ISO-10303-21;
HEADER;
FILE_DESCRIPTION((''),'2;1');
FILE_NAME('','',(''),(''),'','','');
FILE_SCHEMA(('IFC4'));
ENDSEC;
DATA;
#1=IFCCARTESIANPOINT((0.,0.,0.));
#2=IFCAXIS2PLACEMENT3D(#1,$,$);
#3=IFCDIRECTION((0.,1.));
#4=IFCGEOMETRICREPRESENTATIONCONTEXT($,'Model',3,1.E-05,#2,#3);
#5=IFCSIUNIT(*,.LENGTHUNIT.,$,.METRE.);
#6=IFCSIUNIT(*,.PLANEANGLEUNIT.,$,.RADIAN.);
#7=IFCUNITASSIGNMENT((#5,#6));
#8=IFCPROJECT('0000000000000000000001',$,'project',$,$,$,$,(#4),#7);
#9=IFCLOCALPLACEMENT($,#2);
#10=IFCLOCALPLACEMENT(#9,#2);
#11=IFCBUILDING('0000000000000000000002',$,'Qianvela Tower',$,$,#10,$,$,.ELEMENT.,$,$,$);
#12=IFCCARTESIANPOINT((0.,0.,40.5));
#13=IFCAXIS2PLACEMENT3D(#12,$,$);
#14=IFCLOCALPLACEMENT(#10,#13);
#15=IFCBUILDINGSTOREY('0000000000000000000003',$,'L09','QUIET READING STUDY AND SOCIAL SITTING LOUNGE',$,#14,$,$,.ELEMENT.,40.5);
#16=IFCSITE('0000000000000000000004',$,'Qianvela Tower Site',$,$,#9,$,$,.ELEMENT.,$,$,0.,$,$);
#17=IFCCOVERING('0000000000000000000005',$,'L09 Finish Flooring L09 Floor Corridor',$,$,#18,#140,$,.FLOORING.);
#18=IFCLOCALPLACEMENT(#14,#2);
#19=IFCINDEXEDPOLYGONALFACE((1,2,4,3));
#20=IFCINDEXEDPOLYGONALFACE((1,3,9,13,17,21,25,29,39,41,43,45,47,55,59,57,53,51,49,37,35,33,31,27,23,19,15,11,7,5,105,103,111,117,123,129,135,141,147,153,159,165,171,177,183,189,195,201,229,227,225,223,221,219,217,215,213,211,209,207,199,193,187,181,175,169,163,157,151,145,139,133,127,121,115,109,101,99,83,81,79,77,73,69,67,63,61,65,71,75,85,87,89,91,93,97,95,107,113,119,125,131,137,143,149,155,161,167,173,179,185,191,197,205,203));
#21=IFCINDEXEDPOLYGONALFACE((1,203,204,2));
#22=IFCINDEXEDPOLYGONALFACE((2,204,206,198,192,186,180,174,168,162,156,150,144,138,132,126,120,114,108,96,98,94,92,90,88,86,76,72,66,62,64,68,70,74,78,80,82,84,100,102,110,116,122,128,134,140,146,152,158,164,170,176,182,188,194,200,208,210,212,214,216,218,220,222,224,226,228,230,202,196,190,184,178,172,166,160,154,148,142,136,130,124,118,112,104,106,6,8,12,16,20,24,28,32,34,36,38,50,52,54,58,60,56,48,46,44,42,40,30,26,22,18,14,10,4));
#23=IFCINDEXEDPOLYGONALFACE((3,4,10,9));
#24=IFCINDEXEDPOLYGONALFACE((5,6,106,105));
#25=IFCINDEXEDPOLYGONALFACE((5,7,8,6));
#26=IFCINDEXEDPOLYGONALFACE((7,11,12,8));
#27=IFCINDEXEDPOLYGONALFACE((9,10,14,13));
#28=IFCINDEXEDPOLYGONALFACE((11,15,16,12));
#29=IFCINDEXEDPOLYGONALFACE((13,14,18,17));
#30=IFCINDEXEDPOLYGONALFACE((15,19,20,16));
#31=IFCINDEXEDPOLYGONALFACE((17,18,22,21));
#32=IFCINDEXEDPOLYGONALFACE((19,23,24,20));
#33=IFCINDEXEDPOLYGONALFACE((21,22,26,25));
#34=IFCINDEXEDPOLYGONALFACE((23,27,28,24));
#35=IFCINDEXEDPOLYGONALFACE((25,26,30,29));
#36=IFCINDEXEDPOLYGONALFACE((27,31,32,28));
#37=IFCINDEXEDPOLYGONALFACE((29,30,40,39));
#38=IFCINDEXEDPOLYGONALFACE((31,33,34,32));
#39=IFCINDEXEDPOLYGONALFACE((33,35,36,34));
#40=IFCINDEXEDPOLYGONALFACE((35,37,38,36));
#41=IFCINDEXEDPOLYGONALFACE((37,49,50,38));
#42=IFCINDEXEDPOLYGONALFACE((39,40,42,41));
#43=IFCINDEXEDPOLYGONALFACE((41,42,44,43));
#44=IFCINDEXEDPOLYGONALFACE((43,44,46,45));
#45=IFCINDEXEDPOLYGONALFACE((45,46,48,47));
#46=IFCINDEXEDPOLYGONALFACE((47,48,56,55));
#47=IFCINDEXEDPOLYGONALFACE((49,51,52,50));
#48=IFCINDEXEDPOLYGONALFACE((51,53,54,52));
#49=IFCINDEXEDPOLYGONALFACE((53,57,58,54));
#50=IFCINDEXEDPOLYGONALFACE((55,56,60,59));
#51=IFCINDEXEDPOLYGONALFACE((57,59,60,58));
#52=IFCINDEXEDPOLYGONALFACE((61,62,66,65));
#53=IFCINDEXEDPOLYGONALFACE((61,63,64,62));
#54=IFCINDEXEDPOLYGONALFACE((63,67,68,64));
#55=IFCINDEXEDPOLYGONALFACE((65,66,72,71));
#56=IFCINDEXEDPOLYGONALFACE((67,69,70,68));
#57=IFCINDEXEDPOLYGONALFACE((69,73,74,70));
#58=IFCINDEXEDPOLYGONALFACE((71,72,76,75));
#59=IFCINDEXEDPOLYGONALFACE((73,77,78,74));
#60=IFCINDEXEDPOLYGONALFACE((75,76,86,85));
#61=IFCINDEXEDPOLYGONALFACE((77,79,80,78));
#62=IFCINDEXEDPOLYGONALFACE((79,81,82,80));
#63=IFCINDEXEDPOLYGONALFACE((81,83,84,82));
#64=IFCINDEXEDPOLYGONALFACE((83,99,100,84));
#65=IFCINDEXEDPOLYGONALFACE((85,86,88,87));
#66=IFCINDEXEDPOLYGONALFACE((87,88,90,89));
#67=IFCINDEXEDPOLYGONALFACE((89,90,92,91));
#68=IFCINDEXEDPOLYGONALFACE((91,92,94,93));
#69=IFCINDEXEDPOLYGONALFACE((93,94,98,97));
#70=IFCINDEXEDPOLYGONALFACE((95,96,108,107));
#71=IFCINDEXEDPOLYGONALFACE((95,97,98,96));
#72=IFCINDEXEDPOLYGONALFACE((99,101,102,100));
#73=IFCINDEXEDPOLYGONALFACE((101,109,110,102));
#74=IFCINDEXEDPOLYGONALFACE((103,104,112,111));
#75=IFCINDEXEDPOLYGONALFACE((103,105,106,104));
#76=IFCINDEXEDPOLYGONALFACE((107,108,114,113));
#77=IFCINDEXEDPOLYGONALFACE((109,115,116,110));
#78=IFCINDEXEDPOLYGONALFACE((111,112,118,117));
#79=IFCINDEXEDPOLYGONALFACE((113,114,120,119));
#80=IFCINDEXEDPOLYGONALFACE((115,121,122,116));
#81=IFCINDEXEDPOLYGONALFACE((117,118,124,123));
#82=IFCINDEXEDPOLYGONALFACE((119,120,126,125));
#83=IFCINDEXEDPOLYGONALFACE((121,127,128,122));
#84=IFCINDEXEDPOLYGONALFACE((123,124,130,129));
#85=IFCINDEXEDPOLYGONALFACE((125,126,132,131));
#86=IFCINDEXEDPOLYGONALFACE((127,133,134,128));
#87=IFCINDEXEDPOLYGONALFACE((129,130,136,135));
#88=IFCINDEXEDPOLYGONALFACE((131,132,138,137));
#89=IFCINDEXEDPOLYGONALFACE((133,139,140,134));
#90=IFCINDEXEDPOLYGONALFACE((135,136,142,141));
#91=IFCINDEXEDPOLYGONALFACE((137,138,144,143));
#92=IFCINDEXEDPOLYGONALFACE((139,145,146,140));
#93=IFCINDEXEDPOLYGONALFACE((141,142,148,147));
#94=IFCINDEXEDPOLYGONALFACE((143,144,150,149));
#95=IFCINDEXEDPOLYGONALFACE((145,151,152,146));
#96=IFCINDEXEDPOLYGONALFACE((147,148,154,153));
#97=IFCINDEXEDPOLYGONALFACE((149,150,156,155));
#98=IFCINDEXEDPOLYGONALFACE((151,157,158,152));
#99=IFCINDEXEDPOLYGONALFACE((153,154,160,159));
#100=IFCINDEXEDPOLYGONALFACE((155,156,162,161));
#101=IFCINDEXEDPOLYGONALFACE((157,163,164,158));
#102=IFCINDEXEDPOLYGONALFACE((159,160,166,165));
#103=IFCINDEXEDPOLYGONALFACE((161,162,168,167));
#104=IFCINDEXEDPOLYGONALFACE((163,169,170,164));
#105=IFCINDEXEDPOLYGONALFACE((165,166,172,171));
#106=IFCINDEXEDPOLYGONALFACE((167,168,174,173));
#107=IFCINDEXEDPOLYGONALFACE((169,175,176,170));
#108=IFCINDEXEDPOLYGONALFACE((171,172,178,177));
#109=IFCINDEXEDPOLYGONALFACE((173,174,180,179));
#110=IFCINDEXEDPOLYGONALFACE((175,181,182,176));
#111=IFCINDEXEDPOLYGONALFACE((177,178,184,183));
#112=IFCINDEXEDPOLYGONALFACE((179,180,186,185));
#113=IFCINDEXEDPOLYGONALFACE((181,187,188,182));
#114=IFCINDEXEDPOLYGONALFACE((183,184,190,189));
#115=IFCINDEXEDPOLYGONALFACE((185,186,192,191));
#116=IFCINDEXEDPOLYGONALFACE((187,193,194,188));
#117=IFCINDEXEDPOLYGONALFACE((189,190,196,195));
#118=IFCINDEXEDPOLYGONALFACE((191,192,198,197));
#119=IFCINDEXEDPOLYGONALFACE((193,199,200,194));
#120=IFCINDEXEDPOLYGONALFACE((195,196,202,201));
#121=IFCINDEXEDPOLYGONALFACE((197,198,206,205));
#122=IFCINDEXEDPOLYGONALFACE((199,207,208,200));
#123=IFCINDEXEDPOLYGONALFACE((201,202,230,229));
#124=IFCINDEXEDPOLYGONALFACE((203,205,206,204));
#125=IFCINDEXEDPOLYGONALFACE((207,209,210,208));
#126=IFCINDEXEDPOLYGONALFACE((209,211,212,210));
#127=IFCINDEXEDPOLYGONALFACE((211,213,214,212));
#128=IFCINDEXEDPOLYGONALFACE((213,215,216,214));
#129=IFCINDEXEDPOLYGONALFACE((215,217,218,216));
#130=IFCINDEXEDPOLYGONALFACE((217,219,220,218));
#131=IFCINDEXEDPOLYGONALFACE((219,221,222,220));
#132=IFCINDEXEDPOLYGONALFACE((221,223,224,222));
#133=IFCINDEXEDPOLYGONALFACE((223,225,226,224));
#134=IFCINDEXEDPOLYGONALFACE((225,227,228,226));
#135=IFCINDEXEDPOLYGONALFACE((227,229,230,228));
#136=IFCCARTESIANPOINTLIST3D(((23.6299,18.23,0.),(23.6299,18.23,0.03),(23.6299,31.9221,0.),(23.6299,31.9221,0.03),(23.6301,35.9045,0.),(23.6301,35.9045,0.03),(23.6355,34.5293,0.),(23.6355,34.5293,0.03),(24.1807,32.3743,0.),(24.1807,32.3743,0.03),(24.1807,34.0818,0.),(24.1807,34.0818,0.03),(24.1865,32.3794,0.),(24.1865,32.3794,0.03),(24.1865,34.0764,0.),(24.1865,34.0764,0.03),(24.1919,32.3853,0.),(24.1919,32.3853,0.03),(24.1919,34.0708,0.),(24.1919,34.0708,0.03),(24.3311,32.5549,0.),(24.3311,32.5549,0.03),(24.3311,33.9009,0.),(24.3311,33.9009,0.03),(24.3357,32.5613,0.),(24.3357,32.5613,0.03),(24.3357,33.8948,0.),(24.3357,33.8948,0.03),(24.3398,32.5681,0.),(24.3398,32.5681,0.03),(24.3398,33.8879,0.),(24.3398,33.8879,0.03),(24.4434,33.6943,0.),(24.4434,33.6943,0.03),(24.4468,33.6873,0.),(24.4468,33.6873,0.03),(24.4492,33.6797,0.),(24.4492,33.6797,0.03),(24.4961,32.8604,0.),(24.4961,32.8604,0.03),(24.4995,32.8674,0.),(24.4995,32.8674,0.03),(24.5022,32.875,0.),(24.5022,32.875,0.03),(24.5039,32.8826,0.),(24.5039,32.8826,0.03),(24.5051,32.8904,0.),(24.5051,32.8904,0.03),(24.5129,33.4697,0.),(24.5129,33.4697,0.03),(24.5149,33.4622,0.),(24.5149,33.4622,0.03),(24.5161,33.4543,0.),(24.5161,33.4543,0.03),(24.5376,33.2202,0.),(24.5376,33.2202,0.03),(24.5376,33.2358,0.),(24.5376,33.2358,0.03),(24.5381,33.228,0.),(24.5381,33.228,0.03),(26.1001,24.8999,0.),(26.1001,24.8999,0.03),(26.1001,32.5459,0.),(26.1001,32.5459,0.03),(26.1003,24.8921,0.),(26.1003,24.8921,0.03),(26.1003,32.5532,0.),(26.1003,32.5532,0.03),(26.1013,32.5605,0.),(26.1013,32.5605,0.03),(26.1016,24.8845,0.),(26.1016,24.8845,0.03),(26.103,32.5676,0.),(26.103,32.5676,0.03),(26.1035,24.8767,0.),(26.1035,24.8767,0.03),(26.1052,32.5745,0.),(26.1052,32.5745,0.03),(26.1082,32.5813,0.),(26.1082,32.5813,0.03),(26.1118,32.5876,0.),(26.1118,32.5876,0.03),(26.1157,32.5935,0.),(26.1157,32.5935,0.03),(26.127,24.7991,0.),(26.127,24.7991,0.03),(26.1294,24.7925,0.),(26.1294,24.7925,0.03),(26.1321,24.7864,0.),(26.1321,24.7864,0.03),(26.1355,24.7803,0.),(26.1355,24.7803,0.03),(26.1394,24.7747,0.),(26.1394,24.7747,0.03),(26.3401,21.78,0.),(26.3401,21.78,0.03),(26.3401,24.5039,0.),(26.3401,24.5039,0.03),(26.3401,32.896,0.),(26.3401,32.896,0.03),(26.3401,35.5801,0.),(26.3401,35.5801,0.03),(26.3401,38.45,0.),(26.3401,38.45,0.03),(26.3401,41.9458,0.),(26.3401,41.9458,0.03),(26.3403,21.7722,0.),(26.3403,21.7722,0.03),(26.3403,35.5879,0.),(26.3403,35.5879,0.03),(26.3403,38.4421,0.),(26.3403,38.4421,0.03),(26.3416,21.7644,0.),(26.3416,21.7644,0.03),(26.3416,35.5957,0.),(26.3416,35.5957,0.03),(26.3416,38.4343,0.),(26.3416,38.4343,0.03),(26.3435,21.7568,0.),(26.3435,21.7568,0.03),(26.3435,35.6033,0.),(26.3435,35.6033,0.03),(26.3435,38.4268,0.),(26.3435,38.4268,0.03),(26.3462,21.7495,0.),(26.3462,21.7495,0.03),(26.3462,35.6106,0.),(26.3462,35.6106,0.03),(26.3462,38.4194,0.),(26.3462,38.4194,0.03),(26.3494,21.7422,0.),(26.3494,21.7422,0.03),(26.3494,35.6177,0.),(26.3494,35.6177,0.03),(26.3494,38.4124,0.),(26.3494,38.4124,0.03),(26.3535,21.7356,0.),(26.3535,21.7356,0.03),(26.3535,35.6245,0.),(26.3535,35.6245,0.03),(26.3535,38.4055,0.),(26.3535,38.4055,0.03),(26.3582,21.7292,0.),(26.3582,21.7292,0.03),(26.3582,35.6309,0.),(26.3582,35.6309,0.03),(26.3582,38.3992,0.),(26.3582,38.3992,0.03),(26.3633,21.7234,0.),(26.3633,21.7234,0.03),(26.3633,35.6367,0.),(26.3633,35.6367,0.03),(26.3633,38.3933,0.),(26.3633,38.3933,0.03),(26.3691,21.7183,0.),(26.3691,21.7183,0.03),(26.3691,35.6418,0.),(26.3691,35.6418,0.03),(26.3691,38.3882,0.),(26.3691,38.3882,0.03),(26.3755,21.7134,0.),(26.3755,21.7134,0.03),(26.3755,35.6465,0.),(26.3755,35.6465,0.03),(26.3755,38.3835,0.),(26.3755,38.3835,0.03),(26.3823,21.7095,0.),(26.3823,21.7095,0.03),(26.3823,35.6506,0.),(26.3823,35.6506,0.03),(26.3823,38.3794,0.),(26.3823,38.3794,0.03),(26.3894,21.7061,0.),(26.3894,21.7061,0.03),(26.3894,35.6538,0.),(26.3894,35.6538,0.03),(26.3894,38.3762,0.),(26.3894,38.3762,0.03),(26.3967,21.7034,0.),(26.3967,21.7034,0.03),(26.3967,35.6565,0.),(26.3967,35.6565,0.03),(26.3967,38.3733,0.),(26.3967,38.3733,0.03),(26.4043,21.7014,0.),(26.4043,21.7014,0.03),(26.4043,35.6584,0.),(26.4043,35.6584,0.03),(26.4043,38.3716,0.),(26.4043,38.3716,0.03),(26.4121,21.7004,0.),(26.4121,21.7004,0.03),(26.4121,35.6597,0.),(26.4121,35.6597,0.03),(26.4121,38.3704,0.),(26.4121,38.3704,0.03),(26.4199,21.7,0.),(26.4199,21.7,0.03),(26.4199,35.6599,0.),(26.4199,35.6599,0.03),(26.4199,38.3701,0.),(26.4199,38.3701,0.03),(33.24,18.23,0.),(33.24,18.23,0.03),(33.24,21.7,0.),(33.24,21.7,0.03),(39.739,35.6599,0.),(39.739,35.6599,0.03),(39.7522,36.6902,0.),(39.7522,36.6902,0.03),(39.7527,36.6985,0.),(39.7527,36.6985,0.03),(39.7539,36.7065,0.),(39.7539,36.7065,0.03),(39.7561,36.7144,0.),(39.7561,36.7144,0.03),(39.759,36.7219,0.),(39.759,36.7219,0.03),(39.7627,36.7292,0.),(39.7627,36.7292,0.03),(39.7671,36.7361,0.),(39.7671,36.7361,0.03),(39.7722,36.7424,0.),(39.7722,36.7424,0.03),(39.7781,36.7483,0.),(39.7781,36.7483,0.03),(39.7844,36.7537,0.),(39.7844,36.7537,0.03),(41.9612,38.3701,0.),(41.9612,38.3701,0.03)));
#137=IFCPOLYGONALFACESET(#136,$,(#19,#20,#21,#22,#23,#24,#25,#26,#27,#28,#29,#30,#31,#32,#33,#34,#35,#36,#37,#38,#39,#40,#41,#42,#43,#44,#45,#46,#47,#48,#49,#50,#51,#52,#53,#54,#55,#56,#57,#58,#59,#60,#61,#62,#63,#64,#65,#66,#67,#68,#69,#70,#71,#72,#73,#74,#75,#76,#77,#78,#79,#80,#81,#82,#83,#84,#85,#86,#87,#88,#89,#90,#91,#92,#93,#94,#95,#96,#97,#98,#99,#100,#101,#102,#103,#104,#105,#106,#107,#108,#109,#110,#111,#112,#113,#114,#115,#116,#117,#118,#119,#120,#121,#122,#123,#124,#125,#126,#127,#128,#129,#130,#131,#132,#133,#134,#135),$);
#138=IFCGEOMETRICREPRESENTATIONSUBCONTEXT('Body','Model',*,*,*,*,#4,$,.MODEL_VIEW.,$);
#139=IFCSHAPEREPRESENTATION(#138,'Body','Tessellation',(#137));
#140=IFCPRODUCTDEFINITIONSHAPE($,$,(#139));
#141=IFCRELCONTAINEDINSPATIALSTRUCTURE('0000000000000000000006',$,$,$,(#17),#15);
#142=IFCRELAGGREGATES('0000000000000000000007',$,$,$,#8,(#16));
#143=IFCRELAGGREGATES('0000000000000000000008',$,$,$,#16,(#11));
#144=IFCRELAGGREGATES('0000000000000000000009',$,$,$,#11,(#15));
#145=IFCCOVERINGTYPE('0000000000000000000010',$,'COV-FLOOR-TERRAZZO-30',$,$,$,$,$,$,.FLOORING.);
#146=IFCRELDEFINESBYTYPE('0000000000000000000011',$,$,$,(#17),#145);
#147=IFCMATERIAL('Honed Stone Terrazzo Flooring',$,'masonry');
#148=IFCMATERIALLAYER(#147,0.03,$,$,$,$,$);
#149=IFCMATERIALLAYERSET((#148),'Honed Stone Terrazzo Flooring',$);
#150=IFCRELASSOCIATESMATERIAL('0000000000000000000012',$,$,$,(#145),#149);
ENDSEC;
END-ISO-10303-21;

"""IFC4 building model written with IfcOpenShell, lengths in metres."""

from ifc_helpers import new_model, si_unit, direction, frame, origin, place, context, subcontext, project, spatial, polyline, outline, extrude, material, layer, layer_set, type_object, element, save


model = new_model("IFC4")

# Units and contexts
model_context = context("Model", 3, precision=1e-05, world=origin(), true_north=direction((0.0, 1.0)))
body_context = subcontext(model_context, "Body", "Model", "MODEL_VIEW")
ifc_project = project(units=[si_unit("LENGTHUNIT", "METRE"), si_unit("PLANEANGLEUNIT", "RADIAN")], contexts=[model_context])

# Site, building, storey
site_placement = place(None, origin())
site = spatial("IfcSite", under=ifc_project, at=site_placement, Name="Qianvela Tower Site", CompositionType="ELEMENT", RefElevation=0.0)
building_placement = place(site_placement, origin())
building = spatial("IfcBuilding", under=site, at=building_placement, Name="Qianvela Tower", CompositionType="ELEMENT")
storey_placement = place(building_placement, frame((0.0, 0.0, 40.5)))
storey = spatial("IfcBuildingStorey", under=building, at=storey_placement, Name="L09", Description="QUIET READING STUDY AND SOCIAL SITTING LOUNGE", CompositionType="ELEMENT", Elevation=40.5)

# Covering
ifc_material_1 = material(Name="Honed Stone Terrazzo Flooring", Category="masonry")
ifc_layer_1 = layer(ifc_material_1, 0.03)
ifc_layer_set_1 = layer_set([ifc_layer_1], Name="Honed Stone Terrazzo Flooring")
covering_type_1 = type_object("IfcCoveringType", Name="COV-FLOOR-TERRAZZO-30", PredefinedType="FLOORING", material=ifc_layer_set_1)
covering_1_placement = place(storey_placement, origin())
element("IfcCovering", 1, at=covering_1_placement, inside=storey, type_object=covering_type_1, Name="L09 Finish Flooring L09 Floor Corridor", PredefinedType="FLOORING", context=body_context, shape_type="SweptSolid", body=[
    extrude(outline(polyline([(24.5161, 33.4543), (24.5149, 33.4622), (24.5129, 33.4697), (24.4492, 33.6797), (24.4468, 33.6873), (24.4434, 33.6943), (24.3398, 33.8879), (24.3357, 33.8948), (24.3311, 33.9009), (24.1919, 34.0708), (24.1865, 34.0764), (24.1807, 34.0818), (23.6355, 34.5293), (23.6301, 35.9045), (26.3401, 41.9458), (26.3401, 38.45), (26.3403, 38.4421), (26.3416, 38.4343), (26.3435, 38.4268), (26.3462, 38.4194), (26.3494, 38.4124), (26.3535, 38.4055), (26.3582, 38.3992), (26.3633, 38.3933), (26.3691, 38.3882), (26.3755, 38.3835), (26.3823, 38.3794), (26.3894, 38.3762), (26.3967, 38.3733), (26.4043, 38.3716), (26.4121, 38.3704), (26.4199, 38.3701), (41.9612, 38.3701), (39.7844, 36.7537), (39.7781, 36.7483), (39.7722, 36.7424), (39.7671, 36.7361), (39.7627, 36.7292), (39.759, 36.7219), (39.7561, 36.7144), (39.7539, 36.7065), (39.7527, 36.6985), (39.7522, 36.6902), (39.739, 35.6599), (26.4199, 35.6599), (26.4121, 35.6597), (26.4043, 35.6584), (26.3967, 35.6565), (26.3894, 35.6538), (26.3823, 35.6506), (26.3755, 35.6465), (26.3691, 35.6418), (26.3633, 35.6367), (26.3582, 35.6309), (26.3535, 35.6245), (26.3494, 35.6177), (26.3462, 35.6106), (26.3435, 35.6033), (26.3416, 35.5957), (26.3403, 35.5879), (26.3401, 35.5801), (26.3401, 32.896), (26.1157, 32.5935), (26.1118, 32.5876), (26.1082, 32.5813), (26.1052, 32.5745), (26.103, 32.5676), (26.1013, 32.5605), (26.1003, 32.5532), (26.1001, 32.5459), (26.1001, 24.8999), (26.1003, 24.8921), (26.1016, 24.8845), (26.1035, 24.8767), (26.127, 24.7991), (26.1294, 24.7925), (26.1321, 24.7864), (26.1355, 24.7803), (26.1394, 24.7747), (26.3401, 24.5039), (26.3401, 21.78), (26.3403, 21.7722), (26.3416, 21.7644), (26.3435, 21.7568), (26.3462, 21.7495), (26.3494, 21.7422), (26.3535, 21.7356), (26.3582, 21.7292), (26.3633, 21.7234), (26.3691, 21.7183), (26.3755, 21.7134), (26.3823, 21.7095), (26.3894, 21.7061), (26.3967, 21.7034), (26.4043, 21.7014), (26.4121, 21.7004), (26.4199, 21.7), (33.24, 21.7), (33.24, 18.23), (23.6299, 18.23), (23.6299, 31.9221), (24.1807, 32.3743), (24.1865, 32.3794), (24.1919, 32.3853), (24.3311, 32.5549), (24.3357, 32.5613), (24.3398, 32.5681), (24.4961, 32.8604), (24.4995, 32.8674), (24.5022, 32.875), (24.5039, 32.8826), (24.5051, 32.8904), (24.5376, 33.2202), (24.5381, 33.228), (24.5376, 33.2358), (24.5161, 33.4543)])), origin(), (0.0, 0.0, 1.0), 0.03),
])

save(model, "model.ifc")
